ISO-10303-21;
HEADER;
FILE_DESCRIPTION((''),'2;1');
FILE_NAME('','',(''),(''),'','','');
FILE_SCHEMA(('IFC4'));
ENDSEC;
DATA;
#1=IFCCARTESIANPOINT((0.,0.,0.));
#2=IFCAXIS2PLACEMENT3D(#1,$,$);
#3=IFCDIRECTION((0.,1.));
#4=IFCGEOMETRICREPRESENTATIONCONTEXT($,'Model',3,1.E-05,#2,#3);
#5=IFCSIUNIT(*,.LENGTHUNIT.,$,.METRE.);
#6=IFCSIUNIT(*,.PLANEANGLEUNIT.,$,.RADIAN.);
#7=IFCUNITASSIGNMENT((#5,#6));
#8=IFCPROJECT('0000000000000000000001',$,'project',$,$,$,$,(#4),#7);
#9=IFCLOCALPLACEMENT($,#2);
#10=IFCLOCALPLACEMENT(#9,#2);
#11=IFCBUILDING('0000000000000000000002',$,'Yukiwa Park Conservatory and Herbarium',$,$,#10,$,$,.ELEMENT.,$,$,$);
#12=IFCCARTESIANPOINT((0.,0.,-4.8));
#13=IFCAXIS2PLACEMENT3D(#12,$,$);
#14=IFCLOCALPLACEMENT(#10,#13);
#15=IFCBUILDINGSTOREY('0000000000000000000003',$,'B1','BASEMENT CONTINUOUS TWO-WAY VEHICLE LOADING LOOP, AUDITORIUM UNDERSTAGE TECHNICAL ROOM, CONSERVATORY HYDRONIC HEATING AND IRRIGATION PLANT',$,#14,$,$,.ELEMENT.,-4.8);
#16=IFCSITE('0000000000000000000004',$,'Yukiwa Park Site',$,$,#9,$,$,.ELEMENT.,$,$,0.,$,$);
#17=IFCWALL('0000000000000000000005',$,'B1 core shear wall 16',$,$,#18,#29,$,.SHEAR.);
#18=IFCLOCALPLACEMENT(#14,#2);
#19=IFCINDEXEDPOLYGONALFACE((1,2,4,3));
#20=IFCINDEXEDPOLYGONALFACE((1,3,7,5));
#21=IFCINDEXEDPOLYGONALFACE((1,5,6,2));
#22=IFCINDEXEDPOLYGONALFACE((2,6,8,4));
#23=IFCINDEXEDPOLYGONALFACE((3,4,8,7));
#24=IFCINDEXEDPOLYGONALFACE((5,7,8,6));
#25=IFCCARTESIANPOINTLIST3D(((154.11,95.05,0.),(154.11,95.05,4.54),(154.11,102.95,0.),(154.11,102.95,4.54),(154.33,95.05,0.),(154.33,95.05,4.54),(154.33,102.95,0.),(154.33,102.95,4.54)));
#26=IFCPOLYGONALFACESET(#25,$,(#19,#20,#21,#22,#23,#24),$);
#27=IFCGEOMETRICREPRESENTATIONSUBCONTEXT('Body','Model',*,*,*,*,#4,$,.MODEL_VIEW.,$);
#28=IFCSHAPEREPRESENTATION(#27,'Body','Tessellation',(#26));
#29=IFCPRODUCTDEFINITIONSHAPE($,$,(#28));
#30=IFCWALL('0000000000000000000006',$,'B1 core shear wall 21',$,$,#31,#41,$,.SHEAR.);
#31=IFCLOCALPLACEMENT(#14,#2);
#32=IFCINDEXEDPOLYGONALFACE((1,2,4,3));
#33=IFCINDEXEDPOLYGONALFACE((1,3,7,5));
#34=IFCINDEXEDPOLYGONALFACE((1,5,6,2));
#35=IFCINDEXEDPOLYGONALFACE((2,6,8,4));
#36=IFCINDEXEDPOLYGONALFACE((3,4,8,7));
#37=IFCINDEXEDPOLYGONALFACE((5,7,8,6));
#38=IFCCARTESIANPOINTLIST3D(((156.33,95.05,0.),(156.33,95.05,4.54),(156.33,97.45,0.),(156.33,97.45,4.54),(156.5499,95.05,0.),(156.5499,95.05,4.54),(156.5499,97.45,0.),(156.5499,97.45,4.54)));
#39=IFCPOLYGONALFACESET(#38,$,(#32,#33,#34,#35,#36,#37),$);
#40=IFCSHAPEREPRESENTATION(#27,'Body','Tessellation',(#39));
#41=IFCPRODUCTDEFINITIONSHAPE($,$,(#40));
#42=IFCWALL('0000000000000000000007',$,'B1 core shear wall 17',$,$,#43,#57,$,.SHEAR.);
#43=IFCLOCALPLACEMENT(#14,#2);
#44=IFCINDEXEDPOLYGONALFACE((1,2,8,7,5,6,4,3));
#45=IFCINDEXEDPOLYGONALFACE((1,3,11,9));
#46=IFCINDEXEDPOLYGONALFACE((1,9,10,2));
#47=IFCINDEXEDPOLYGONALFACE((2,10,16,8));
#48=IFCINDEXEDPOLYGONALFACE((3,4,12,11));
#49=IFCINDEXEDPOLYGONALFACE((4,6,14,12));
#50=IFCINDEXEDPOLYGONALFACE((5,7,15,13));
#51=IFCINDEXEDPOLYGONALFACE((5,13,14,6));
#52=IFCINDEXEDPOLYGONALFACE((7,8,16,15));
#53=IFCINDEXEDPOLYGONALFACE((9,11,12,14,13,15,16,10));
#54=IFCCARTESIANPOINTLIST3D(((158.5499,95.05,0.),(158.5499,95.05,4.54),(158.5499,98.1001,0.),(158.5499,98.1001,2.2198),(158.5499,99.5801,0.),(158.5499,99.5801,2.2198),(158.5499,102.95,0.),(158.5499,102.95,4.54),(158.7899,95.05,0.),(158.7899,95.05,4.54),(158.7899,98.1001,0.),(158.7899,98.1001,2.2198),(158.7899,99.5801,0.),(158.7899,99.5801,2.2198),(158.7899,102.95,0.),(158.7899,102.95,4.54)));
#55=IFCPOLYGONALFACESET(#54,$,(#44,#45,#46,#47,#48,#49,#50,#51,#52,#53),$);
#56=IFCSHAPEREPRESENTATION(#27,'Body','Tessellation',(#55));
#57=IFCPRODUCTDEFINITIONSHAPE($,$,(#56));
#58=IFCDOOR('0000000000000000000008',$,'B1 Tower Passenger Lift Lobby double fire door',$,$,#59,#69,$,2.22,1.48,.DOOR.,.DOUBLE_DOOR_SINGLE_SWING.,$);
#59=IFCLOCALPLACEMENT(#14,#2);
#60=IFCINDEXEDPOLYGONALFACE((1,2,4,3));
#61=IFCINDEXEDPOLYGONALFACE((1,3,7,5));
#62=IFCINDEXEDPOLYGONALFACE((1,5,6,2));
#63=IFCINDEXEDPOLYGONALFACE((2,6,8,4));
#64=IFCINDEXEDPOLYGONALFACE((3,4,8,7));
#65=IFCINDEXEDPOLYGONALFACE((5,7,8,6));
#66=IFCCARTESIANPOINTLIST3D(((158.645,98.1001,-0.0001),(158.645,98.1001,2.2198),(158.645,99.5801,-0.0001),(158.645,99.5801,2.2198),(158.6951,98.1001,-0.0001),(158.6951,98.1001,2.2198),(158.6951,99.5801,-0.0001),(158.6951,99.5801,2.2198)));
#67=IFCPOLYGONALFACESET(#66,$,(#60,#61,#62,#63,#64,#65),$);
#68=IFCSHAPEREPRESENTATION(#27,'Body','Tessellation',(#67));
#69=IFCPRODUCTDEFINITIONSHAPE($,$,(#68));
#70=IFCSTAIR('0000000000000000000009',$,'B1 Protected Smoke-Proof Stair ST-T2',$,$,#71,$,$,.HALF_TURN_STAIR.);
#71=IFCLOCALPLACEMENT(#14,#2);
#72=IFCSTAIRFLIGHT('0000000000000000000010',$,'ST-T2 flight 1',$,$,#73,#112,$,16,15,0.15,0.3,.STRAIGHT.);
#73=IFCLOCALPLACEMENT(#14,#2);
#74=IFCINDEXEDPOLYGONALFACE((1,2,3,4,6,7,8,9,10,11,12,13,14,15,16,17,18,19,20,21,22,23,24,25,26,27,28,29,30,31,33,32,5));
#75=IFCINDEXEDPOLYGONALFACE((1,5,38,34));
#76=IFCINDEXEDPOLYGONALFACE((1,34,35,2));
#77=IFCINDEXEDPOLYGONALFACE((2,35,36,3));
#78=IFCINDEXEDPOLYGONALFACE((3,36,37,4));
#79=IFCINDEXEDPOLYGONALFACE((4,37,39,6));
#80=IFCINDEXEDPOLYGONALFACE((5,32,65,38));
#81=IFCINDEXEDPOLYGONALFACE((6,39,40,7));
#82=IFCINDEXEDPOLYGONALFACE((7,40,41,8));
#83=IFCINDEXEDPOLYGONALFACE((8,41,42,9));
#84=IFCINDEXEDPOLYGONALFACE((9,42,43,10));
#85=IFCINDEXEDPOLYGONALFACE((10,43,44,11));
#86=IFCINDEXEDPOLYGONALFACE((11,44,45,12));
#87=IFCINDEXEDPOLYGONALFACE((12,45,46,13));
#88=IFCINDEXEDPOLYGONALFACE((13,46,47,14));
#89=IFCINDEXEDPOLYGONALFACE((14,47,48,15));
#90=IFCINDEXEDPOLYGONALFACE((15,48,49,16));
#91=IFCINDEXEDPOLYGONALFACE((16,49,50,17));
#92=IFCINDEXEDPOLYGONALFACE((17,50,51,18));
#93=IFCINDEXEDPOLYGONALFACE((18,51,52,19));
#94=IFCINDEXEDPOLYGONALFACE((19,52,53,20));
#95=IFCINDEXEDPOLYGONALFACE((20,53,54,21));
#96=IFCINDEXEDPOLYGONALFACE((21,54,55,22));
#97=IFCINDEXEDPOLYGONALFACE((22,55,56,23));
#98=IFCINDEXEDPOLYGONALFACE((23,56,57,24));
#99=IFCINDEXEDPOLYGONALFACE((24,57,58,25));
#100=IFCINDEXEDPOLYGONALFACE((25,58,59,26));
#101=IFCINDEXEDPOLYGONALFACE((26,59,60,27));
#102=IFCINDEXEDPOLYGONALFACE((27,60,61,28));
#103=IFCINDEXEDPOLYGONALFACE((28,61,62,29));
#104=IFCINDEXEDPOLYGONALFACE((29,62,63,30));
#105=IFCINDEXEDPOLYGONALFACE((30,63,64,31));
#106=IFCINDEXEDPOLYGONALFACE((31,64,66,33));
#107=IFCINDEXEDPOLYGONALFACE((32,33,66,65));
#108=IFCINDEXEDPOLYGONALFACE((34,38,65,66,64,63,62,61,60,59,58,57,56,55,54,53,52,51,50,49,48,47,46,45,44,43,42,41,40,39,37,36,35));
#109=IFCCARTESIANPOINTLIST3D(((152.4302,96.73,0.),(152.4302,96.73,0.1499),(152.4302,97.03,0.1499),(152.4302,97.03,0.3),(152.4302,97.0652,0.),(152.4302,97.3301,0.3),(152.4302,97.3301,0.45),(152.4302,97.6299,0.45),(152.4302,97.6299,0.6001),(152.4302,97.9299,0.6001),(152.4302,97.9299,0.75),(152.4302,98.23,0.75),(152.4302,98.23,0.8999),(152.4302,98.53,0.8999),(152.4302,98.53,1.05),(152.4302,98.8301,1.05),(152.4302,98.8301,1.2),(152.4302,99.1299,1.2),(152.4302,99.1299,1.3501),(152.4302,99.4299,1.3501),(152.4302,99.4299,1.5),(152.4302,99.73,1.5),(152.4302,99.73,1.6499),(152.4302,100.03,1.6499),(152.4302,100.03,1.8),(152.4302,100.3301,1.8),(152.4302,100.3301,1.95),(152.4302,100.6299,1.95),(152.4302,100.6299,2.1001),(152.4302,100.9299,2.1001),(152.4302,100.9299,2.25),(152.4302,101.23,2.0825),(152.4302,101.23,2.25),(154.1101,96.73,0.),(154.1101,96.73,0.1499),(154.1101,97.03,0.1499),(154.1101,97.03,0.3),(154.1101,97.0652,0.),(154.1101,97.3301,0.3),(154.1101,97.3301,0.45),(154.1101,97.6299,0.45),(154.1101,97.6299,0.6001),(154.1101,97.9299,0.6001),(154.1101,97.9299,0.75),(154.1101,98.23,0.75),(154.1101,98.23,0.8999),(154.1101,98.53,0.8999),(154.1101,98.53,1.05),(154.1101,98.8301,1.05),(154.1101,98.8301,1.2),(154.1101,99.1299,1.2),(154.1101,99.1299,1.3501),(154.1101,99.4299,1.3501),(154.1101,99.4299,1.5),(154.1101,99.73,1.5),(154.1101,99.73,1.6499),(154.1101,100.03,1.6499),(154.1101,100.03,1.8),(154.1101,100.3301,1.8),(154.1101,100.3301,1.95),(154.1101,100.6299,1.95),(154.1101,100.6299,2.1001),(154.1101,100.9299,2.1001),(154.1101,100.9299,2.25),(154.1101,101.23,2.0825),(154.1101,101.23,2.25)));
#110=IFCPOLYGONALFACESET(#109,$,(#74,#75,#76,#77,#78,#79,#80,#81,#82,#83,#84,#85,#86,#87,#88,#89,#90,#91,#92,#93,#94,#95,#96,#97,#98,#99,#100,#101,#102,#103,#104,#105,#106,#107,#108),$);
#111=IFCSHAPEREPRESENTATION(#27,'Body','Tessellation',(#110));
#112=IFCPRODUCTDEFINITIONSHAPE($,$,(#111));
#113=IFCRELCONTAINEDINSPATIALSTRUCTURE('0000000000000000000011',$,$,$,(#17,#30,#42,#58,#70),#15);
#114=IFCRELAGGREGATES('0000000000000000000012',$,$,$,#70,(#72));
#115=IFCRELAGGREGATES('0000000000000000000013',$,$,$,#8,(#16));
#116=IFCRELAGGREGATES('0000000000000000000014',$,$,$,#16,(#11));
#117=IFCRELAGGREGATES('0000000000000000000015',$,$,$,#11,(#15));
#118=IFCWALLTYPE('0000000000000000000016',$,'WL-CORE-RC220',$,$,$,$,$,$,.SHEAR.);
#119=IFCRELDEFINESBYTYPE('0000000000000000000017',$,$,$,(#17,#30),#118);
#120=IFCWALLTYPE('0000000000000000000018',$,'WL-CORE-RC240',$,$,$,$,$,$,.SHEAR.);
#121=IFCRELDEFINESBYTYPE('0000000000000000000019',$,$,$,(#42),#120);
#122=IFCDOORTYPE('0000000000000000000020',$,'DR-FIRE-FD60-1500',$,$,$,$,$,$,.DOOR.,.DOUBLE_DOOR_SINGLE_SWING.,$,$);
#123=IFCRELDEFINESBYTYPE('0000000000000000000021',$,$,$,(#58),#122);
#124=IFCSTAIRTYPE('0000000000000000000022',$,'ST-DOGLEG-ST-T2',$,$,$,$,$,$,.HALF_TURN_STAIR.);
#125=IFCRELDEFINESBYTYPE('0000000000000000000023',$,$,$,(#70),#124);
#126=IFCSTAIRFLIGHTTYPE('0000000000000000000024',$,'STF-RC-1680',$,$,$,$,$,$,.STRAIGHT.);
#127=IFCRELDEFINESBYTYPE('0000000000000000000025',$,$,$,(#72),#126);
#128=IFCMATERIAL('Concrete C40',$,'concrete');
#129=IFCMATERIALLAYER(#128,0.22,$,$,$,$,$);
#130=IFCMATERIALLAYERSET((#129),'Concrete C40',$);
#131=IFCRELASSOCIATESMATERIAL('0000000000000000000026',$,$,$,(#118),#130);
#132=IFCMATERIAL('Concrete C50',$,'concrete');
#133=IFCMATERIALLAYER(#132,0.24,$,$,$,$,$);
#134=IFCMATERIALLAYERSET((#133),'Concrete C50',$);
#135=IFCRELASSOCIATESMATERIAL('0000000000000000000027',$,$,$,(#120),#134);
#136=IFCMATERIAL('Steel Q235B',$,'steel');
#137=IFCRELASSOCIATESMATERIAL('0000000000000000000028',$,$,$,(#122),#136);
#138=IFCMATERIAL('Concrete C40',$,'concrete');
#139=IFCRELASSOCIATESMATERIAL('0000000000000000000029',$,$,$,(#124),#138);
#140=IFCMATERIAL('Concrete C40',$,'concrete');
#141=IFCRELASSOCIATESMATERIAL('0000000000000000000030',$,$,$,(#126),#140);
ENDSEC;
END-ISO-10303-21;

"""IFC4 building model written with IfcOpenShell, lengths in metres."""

from ifc_helpers import new_model, si_unit, direction, frame, frame_2d, origin, place, context, subcontext, project, spatial, polyline, rectangle, outline, extrude, material, layer, layer_set, type_object, element, fill, aggregate, save


model = new_model("IFC4")

# Units and contexts
model_context = context("Model", 3, precision=1e-05, world=origin(), true_north=direction((0.0, 1.0)))
body_context = subcontext(model_context, "Body", "Model", "MODEL_VIEW")
ifc_project = project(units=[si_unit("LENGTHUNIT", "METRE"), si_unit("PLANEANGLEUNIT", "RADIAN")], contexts=[model_context])

# Site, building, storey
site_placement = place(None, origin())
site = spatial("IfcSite", under=ifc_project, at=site_placement, Name="Yukiwa Park Site", CompositionType="ELEMENT", RefElevation=0.0)
building_placement = place(site_placement, origin())
building = spatial("IfcBuilding", under=site, at=building_placement, Name="Yukiwa Park Conservatory and Herbarium", CompositionType="ELEMENT")
storey_placement = place(building_placement, frame((0.0, 0.0, -4.8)))
storey = spatial("IfcBuildingStorey", under=building, at=storey_placement, Name="B1", Description="BASEMENT CONTINUOUS TWO-WAY VEHICLE LOADING LOOP, AUDITORIUM UNDERSTAGE TECHNICAL ROOM, CONSERVATORY HYDRONIC HEATING AND IRRIGATION PLANT", CompositionType="ELEMENT", Elevation=-4.8)

# Walls
ifc_material_1 = material(Name="Concrete C40", Category="concrete")
ifc_layer_1 = layer(ifc_material_1, 0.22)
ifc_layer_set_1 = layer_set([ifc_layer_1], Name="Concrete C40")
wall_type_1 = type_object("IfcWallType", Name="WL-CORE-RC220", PredefinedType="SHEAR", material=ifc_layer_set_1)
wall_1_placement = place(storey_placement, frame((154.22, 95.05, 0.0), z_axis=(0.0, 0.0, 1.0), x_axis=(0.0, 1.0, 0.0)))
element("IfcWall", 1, at=wall_1_placement, inside=storey, type_object=wall_type_1, Name="B1 core shear wall 16", PredefinedType="SHEAR", context=body_context, shape_type="SweptSolid", body=[
    extrude(rectangle(XDim=7.8999, YDim=0.22, at=frame_2d((3.95, 0.0))), origin(), (0.0, 0.0, 1.0), 4.54),
])
wall_2_placement = place(storey_placement, frame((156.4399, 95.05, 0.0), z_axis=(0.0, 0.0, 1.0), x_axis=(0.0, 1.0, 0.0)))
element("IfcWall", 2, at=wall_2_placement, inside=storey, type_object=wall_type_1, Name="B1 core shear wall 21", PredefinedType="SHEAR", context=body_context, shape_type="SweptSolid", body=[
    extrude(rectangle(XDim=2.3999, YDim=0.22, at=frame_2d((1.2, 0.0))), origin(), (0.0, 0.0, 1.0), 4.54),
])

# Wall, opening, door
ifc_material_2 = material(Name="Concrete C50", Category="concrete")
ifc_layer_2 = layer(ifc_material_2, 0.24)
ifc_layer_set_2 = layer_set([ifc_layer_2], Name="Concrete C50")
wall_type_2 = type_object("IfcWallType", Name="WL-CORE-RC240", PredefinedType="SHEAR", material=ifc_layer_set_2)
wall_3_placement = place(storey_placement, frame((158.6699, 95.05, 0.0), z_axis=(0.0, 0.0, 1.0), x_axis=(0.0, 1.0, 0.0)))
wall_3 = element("IfcWall", 3, at=wall_3_placement, inside=storey, type_object=wall_type_2, Name="B1 core shear wall 17", PredefinedType="SHEAR", context=body_context, shape_type="SweptSolid", body=[
    extrude(rectangle(XDim=7.8999, YDim=0.24, at=frame_2d((3.95, 0.0))), origin(), (0.0, 0.0, 1.0), 4.54),
])
opening_1_placement = place(wall_3_placement, frame((3.05, 0.0, 0.0)))
opening_1 = element("IfcOpeningElement", 4, at=opening_1_placement, cuts=wall_3, PredefinedType="OPENING", context=body_context, shape_type="SweptSolid", body=[
    extrude(rectangle(XDim=1.48, YDim=2.22, at=frame_2d((0.74, 1.1099))), frame((0.0, 0.1299, 0.0), z_axis=(0.0, -1.0, 0.0), x_axis=(1.0, 0.0, 0.0)), (0.0, 0.0, 1.0), 0.26),
])
ifc_material_3 = material(Name="Steel Q235B", Category="steel")
door_type_1 = type_object("IfcDoorType", Name="DR-FIRE-FD60-1500", OperationType="DOUBLE_DOOR_SINGLE_SWING", PredefinedType="DOOR", material=ifc_material_3)
door_1_placement = place(opening_1_placement, origin())
door_1 = element("IfcDoor", 5, at=door_1_placement, inside=storey, type_object=door_type_1, Name="B1 Tower Passenger Lift Lobby double fire door", OperationType="DOUBLE_DOOR_SINGLE_SWING", OverallHeight=2.22, OverallWidth=1.48, PredefinedType="DOOR", context=body_context, shape_type="SweptSolid", body=[
    extrude(rectangle(XDim=1.48, YDim=2.22, at=frame_2d((0.74, 1.1099))), frame((0.0, 0.0249, 0.0), z_axis=(0.0, -1.0, 0.0), x_axis=(1.0, 0.0, 0.0)), (0.0, 0.0, 1.0), 0.05),
])
fill(opening_1, door_1)

# Stair, stair flight
ifc_material_4 = material(Name="Concrete C40", Category="concrete")
stair_type = type_object("IfcStairType", Name="ST-DOGLEG-ST-T2", PredefinedType="HALF_TURN_STAIR", material=ifc_material_4)
stair_placement = place(storey_placement, origin())
stair = element("IfcStair", 6, at=stair_placement, inside=storey, type_object=stair_type, Name="B1 Protected Smoke-Proof Stair ST-T2", PredefinedType="HALF_TURN_STAIR")
ifc_material_5 = material(Name="Concrete C40", Category="concrete")
stair_flight_type = type_object("IfcStairFlightType", Name="STF-RC-1680", PredefinedType="STRAIGHT", material=ifc_material_5)
stair_flight_placement = place(storey_placement, frame((153.27, 96.73, 0.0), z_axis=(0.0, 0.0, 1.0), x_axis=(0.0, 1.0, 0.0)))
stair_flight = element("IfcStairFlight", 7, at=stair_flight_placement, type_object=stair_flight_type, Name="ST-T2 flight 1", NumberOfRisers=16, NumberOfTreads=15, PredefinedType="STRAIGHT", RiserHeight=0.15, TreadLength=0.3, context=body_context, shape_type="SweptSolid", body=[
    extrude(outline(polyline([(0.0, 0.0), (0.0, 0.1499), (0.3, 0.1499), (0.3, 0.3), (0.6001, 0.3), (0.6001, 0.45), (0.8999, 0.45), (0.8999, 0.6001), (1.2, 0.6001), (1.2, 0.75), (1.5, 0.75), (1.5, 0.8999), (1.8, 0.8999), (1.8, 1.05), (2.1001, 1.05), (2.1001, 1.2), (2.3999, 1.2), (2.3999, 1.3501), (2.7, 1.3501), (2.7, 1.5), (3.0, 1.5), (3.0, 1.6499), (3.3, 1.6499), (3.3, 1.8), (3.6001, 1.8), (3.6001, 1.95), (3.8999, 1.95), (3.8999, 2.1001), (4.2, 2.1001), (4.2, 2.25), (4.5, 2.25), (4.5, 2.3999), (4.5, 2.0825), (0.3352, 0.0), (0.0, 0.0)])), frame((0.0, 0.8398, 0.0), z_axis=(0.0, -1.0, 0.0), x_axis=(1.0, 0.0, 0.0)), (0.0, 0.0, 1.0), 1.6799),
])
aggregate(stair, [stair_flight])

save(model, "model.ifc")
